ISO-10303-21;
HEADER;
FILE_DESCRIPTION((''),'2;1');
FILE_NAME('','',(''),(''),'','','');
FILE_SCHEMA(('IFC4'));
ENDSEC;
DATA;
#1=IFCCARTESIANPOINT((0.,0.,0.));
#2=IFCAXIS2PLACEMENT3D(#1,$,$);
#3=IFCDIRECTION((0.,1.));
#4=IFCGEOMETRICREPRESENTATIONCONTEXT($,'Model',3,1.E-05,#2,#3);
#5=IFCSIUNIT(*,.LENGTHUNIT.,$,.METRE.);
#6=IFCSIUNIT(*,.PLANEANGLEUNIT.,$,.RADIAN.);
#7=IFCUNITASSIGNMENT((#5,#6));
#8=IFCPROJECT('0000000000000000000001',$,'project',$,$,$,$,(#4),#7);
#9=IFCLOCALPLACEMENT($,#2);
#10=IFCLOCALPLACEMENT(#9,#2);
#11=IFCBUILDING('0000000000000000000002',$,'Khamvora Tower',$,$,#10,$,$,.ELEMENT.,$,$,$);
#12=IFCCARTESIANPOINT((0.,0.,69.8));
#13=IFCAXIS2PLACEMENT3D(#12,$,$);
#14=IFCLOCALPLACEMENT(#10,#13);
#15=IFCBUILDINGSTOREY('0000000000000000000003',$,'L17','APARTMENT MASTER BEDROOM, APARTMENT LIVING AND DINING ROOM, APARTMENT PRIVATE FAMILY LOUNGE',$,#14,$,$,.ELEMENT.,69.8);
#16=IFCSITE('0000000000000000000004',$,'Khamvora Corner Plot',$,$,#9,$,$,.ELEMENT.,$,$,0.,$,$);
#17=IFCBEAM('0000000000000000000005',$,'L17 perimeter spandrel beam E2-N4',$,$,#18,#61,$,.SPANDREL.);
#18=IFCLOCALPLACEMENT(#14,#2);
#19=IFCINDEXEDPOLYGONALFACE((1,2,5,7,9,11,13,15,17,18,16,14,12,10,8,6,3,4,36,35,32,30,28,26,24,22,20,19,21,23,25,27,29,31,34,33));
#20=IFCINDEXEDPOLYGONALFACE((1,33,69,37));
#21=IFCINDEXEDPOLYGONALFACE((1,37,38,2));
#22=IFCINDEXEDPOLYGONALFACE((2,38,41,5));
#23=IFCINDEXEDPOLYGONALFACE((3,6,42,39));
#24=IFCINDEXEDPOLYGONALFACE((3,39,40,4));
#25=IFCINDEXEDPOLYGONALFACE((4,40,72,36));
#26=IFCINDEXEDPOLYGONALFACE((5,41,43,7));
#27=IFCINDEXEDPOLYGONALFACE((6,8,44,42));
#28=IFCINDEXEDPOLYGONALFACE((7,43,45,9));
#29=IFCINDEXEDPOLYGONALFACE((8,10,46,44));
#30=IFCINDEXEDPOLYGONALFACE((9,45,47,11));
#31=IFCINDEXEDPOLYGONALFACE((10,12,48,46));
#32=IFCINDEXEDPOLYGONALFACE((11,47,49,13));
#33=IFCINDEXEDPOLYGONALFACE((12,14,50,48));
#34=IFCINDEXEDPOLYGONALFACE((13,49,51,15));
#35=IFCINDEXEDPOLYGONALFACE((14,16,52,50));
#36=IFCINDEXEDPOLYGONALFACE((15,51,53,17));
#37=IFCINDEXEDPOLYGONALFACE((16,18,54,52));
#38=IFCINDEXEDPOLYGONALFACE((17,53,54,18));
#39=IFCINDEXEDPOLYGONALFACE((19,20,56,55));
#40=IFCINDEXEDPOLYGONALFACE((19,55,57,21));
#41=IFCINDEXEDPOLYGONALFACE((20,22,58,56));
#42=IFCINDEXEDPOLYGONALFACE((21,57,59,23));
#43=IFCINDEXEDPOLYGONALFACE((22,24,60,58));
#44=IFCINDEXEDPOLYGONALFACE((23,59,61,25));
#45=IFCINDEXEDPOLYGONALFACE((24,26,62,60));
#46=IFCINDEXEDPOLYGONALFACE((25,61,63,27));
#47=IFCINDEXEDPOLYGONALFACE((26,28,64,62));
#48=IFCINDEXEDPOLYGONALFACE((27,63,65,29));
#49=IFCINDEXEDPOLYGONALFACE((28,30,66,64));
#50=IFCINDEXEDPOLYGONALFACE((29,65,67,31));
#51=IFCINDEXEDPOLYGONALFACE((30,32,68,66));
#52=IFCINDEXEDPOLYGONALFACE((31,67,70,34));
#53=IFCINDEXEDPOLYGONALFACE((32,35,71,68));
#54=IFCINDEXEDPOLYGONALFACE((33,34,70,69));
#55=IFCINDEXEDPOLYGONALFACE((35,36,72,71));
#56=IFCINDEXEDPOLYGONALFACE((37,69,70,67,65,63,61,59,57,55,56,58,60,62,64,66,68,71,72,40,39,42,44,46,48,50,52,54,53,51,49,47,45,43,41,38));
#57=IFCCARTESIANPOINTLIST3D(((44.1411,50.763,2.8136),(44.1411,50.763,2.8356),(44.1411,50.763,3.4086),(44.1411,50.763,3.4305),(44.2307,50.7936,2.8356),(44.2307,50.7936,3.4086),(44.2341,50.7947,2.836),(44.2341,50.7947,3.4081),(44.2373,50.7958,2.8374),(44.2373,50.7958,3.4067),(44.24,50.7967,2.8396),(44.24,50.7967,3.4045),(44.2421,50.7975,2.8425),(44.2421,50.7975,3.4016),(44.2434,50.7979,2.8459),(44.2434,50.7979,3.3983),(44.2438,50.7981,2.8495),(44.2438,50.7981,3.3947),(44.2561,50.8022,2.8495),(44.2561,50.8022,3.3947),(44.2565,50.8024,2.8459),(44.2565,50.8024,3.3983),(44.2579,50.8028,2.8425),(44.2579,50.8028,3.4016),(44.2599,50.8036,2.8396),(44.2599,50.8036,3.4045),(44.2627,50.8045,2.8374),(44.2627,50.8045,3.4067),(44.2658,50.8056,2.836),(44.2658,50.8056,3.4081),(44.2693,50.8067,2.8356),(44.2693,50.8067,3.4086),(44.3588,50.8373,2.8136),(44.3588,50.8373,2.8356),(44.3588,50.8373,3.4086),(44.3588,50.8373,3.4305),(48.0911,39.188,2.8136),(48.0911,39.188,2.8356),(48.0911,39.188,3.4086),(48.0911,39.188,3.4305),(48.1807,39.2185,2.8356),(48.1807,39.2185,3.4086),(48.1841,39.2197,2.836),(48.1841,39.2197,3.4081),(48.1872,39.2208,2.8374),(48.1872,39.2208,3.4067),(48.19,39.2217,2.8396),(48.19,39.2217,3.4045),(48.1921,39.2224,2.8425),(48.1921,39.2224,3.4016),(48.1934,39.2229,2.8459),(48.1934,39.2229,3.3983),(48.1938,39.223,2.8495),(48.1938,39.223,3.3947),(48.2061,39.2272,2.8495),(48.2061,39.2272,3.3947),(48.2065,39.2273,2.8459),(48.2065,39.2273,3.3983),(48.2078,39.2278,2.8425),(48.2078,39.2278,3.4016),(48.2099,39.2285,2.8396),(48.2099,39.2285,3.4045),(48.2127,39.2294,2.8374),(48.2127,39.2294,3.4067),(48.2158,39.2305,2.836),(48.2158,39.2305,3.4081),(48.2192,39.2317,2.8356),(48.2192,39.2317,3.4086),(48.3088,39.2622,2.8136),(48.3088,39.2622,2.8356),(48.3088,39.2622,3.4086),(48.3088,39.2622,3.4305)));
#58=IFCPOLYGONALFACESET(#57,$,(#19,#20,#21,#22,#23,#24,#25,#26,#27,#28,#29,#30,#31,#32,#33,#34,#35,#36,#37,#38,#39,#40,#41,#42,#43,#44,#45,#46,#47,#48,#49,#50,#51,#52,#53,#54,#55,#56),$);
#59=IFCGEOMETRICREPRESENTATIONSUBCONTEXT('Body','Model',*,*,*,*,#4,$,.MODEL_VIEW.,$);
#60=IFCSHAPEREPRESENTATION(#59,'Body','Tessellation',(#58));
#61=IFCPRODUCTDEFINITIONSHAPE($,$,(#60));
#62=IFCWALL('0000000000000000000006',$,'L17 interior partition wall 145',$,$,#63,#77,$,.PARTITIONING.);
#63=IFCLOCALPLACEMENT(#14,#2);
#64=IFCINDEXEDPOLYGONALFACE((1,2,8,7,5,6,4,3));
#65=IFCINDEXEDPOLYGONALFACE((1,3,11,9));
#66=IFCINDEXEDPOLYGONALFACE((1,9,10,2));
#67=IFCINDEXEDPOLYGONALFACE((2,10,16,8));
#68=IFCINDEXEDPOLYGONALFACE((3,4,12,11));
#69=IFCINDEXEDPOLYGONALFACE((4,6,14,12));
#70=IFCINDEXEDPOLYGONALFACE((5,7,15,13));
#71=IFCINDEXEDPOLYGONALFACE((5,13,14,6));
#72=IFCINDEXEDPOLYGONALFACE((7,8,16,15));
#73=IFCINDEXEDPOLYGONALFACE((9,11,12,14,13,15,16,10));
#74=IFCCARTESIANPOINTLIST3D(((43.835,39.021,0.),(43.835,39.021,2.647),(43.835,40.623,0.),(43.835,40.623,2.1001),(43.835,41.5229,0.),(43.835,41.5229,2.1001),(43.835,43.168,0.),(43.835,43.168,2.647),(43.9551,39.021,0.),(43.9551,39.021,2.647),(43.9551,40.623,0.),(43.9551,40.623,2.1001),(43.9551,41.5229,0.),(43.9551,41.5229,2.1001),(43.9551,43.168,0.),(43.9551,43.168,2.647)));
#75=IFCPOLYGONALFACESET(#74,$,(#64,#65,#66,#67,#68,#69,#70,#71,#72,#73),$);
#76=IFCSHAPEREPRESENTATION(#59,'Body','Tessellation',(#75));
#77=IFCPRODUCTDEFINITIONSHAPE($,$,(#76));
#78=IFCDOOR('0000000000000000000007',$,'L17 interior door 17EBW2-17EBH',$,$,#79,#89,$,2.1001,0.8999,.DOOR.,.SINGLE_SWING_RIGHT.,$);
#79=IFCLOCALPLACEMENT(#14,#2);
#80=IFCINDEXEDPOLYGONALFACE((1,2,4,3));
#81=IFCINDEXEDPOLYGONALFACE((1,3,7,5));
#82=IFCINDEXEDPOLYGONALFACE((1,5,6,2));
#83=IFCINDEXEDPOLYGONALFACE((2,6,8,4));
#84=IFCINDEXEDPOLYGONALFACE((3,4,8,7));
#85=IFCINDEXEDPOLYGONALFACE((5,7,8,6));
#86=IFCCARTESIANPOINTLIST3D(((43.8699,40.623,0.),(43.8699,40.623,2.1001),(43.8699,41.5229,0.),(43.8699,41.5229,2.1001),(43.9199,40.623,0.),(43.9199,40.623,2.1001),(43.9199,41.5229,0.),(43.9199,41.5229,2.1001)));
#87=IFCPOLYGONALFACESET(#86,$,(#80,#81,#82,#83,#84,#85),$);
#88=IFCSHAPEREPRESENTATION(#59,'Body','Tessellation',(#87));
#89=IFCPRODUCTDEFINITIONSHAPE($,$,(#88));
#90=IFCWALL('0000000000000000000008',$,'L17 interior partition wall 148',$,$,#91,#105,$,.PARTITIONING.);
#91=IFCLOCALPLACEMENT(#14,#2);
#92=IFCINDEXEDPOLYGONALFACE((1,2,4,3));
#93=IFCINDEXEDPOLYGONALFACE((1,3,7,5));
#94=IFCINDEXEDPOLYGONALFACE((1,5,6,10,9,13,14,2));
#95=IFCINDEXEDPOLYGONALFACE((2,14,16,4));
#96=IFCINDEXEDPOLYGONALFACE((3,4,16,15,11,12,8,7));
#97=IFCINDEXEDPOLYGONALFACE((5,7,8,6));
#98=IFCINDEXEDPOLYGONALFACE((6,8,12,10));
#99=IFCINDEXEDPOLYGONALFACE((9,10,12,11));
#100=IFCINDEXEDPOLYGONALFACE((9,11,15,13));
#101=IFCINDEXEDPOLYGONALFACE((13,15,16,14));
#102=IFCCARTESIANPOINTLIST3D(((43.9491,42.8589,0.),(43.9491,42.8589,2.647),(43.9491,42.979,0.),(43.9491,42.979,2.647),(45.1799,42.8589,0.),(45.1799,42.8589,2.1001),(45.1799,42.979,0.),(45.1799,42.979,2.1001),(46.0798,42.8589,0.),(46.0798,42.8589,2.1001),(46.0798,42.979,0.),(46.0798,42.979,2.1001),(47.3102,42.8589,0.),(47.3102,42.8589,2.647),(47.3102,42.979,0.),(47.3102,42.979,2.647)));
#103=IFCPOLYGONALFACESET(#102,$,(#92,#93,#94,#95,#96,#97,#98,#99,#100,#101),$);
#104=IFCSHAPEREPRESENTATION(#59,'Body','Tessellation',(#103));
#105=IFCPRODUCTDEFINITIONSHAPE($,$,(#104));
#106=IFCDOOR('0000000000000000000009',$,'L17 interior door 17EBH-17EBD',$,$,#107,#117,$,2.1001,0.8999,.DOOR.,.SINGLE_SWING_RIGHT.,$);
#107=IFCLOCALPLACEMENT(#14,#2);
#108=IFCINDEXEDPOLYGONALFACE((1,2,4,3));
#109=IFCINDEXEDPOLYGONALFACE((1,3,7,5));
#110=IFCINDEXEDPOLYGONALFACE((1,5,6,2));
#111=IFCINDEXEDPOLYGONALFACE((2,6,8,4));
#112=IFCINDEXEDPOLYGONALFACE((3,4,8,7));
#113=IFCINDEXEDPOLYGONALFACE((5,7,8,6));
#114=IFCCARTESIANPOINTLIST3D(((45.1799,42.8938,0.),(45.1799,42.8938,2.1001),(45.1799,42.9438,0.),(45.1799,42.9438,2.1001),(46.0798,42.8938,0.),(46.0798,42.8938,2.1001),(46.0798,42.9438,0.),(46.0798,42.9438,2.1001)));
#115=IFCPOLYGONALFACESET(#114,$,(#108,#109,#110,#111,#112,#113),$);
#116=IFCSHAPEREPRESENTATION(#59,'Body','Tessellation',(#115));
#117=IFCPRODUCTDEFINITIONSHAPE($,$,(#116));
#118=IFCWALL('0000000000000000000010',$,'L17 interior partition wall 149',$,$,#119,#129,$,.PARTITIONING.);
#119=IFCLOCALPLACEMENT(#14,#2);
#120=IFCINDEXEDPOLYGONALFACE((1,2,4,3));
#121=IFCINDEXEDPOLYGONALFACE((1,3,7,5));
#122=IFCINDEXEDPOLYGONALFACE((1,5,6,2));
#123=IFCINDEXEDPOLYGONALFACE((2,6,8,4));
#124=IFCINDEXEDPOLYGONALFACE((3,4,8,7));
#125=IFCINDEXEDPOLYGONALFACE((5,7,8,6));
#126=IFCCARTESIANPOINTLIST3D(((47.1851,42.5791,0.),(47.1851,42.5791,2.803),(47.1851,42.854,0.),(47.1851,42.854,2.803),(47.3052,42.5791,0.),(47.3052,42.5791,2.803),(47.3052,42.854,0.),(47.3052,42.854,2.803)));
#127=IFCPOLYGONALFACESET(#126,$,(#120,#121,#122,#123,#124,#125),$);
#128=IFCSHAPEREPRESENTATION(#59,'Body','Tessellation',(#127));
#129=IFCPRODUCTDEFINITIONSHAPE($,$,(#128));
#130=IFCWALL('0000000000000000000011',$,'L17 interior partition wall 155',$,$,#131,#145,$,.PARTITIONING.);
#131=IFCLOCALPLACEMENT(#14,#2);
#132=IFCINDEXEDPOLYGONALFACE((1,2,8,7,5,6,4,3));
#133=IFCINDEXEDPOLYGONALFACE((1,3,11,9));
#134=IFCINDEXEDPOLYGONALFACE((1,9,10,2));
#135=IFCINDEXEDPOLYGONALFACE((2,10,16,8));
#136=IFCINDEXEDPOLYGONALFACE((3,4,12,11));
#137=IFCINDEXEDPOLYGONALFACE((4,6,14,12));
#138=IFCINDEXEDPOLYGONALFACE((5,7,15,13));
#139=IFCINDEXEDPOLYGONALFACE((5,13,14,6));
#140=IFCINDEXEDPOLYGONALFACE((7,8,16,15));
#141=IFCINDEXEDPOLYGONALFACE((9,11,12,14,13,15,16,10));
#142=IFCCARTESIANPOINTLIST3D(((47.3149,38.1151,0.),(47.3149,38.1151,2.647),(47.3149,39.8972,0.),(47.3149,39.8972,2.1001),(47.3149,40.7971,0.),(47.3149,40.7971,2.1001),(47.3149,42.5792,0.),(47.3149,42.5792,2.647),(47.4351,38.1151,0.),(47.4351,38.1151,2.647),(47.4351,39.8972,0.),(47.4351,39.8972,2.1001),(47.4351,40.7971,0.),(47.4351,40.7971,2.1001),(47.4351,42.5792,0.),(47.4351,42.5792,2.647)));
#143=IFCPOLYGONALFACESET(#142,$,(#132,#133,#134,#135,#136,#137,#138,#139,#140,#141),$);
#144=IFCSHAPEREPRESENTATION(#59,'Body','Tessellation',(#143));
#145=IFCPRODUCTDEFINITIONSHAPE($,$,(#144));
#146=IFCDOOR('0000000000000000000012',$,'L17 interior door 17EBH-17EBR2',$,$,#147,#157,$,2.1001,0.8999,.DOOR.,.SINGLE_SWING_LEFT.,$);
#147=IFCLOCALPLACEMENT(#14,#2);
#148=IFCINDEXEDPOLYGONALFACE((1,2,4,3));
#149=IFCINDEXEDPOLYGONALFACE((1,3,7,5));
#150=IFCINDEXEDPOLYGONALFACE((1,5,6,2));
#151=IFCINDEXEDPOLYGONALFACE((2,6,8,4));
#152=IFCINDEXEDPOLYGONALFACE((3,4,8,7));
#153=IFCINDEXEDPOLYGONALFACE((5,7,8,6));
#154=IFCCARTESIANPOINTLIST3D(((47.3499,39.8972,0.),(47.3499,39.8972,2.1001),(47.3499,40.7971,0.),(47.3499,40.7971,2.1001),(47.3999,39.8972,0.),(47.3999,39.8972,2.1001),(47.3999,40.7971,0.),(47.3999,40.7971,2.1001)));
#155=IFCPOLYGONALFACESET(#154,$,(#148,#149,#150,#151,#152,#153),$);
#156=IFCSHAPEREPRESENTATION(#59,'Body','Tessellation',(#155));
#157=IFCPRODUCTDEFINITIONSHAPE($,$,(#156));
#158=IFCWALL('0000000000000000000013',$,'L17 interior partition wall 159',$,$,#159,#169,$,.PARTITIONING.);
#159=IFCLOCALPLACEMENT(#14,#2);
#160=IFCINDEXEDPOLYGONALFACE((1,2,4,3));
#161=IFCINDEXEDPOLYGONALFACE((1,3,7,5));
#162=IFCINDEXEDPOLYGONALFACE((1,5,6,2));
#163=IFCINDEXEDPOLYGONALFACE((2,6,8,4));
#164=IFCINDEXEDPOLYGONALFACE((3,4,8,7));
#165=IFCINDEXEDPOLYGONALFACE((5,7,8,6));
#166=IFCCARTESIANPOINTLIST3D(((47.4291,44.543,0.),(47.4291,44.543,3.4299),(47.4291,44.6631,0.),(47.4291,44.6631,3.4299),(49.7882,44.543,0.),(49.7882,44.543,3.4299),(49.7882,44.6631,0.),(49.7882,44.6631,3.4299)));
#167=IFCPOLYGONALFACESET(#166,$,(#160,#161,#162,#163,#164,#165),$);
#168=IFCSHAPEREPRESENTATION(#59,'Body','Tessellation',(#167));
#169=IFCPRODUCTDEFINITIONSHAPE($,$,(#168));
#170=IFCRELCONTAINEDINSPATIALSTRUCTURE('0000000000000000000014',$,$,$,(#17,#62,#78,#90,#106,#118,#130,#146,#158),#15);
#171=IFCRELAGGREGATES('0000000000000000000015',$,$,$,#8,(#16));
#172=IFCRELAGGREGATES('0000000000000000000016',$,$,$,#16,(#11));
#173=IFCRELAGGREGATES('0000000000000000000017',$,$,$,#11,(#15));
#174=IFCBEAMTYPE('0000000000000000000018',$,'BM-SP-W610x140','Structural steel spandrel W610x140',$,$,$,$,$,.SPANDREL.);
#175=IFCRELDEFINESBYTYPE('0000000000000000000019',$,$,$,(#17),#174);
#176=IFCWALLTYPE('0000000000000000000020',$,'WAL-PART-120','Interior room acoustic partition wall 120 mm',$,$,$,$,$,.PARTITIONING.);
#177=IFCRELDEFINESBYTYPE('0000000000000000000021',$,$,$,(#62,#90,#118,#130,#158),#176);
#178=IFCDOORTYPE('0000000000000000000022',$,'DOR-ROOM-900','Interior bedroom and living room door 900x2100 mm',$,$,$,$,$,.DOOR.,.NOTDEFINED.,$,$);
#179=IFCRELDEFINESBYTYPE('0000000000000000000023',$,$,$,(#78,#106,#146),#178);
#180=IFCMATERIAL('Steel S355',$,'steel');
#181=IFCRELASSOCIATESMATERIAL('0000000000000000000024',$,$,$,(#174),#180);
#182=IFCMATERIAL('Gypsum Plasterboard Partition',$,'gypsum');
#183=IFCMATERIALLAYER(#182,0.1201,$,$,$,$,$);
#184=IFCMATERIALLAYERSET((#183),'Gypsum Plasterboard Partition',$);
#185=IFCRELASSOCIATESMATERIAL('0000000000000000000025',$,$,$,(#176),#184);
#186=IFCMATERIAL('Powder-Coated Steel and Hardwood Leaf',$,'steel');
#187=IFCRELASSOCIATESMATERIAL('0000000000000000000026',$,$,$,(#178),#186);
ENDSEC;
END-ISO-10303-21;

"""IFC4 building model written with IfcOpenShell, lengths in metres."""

from ifc_helpers import new_model, si_unit, direction, frame, frame_2d, origin, origin_2d, place, context, subcontext, project, spatial, rectangle, i_section, extrude, material, layer, layer_set, material_profile, profile_set, type_object, element, fill, save


model = new_model("IFC4")

# Units and contexts
model_context = context("Model", 3, precision=1e-05, world=origin(), true_north=direction((0.0, 1.0)))
body_context = subcontext(model_context, "Body", "Model", "MODEL_VIEW")
ifc_project = project(units=[si_unit("LENGTHUNIT", "METRE"), si_unit("PLANEANGLEUNIT", "RADIAN")], contexts=[model_context])

# Site, building, storey
site_placement = place(None, origin())
site = spatial("IfcSite", under=ifc_project, at=site_placement, Name="Khamvora Corner Plot", CompositionType="ELEMENT", RefElevation=0.0)
building_placement = place(site_placement, origin())
building = spatial("IfcBuilding", under=site, at=building_placement, Name="Khamvora Tower", CompositionType="ELEMENT")
storey_placement = place(building_placement, frame((0.0, 0.0, 69.8)))
storey = spatial("IfcBuildingStorey", under=building, at=storey_placement, Name="L17", Description="APARTMENT MASTER BEDROOM, APARTMENT LIVING AND DINING ROOM, APARTMENT PRIVATE FAMILY LOUNGE", CompositionType="ELEMENT", Elevation=69.8)

# Beam
ifc_material_1 = material(Name="Steel S355", Category="steel")
ifc_material_profile_1 = material_profile(ifc_material_1, i_section(OverallWidth=0.23, OverallDepth=0.6169, WebThickness=0.0129, FlangeThickness=0.022, FilletRadius=0.0139, at=origin_2d()), Name="W610x140")
ifc_profile_set_1 = profile_set([ifc_material_profile_1], Name="Steel S355")
beam_type_1 = type_object("IfcBeamType", Name="BM-SP-W610x140", Description="Structural steel spandrel W610x140", PredefinedType="SPANDREL", material=ifc_profile_set_1)
beam_1_placement = place(storey_placement, frame((48.2, 39.2251, 3.1221), z_axis=(-0.322963, 0.946412, 0.0), x_axis=(-0.946412, -0.322963, 0.0)))
element("IfcBeam", 1, at=beam_1_placement, inside=storey, type_object=beam_type_1, Name="L17 perimeter spandrel beam E2-N4", PredefinedType="SPANDREL", context=body_context, shape_type="SweptSolid", body=[
    extrude(i_section(OverallWidth=0.23, OverallDepth=0.6169, WebThickness=0.0129, FlangeThickness=0.022, FilletRadius=0.0139, at=origin_2d()), origin(), (0.0, 0.0, 1.0), 12.2305),
])

# Walls, openings, doors
ifc_material_2 = material(Name="Gypsum Plasterboard Partition", Category="gypsum")
ifc_layer_1 = layer(ifc_material_2, 0.1201)
ifc_layer_set_1 = layer_set([ifc_layer_1], Name="Gypsum Plasterboard Partition")
wall_type_1 = type_object("IfcWallType", Name="WAL-PART-120", Description="Interior room acoustic partition wall 120 mm", PredefinedType="PARTITIONING", material=ifc_layer_set_1)
wall_1_placement = place(storey_placement, frame((43.895, 43.168, 0.0), z_axis=(0.0, 0.0, 1.0), x_axis=(0.0, -1.0, 0.0)))
wall_1 = element("IfcWall", 2, at=wall_1_placement, inside=storey, type_object=wall_type_1, Name="L17 interior partition wall 145", PredefinedType="PARTITIONING", context=body_context, shape_type="SweptSolid", body=[
    extrude(rectangle(XDim=4.147, YDim=0.1201, at=frame_2d((2.0735, 0.0))), origin(), (0.0, 0.0, 1.0), 2.647),
])
opening_1_placement = place(wall_1_placement, frame((1.645, 0.0, 0.0)))
opening_1 = element("IfcOpeningElement", 3, at=opening_1_placement, cuts=wall_1, PredefinedType="OPENING", context=body_context, shape_type="SweptSolid", body=[
    extrude(rectangle(XDim=0.8999, YDim=2.1001, at=frame_2d((0.45, 1.05))), frame((0.0, 0.0701, 0.0), z_axis=(0.0, -1.0, 0.0), x_axis=(1.0, 0.0, 0.0)), (0.0, 0.0, 1.0), 0.1401),
])
ifc_material_3 = material(Name="Powder-Coated Steel and Hardwood Leaf", Category="steel")
door_type = type_object("IfcDoorType", Name="DOR-ROOM-900", Description="Interior bedroom and living room door 900x2100 mm", OperationType="NOTDEFINED", PredefinedType="DOOR", material=ifc_material_3)
door_1_placement = place(opening_1_placement, origin())
door_1 = element("IfcDoor", 4, at=door_1_placement, inside=storey, type_object=door_type, Name="L17 interior door 17EBW2-17EBH", OperationType="SINGLE_SWING_RIGHT", OverallHeight=2.1001, OverallWidth=0.8999, PredefinedType="DOOR", context=body_context, shape_type="SweptSolid", body=[
    extrude(rectangle(XDim=0.8999, YDim=2.1001, at=frame_2d((0.45, 1.05))), frame((0.0, 0.0249, 0.0), z_axis=(0.0, -1.0, 0.0), x_axis=(1.0, 0.0, 0.0)), (0.0, 0.0, 1.0), 0.05),
])
fill(opening_1, door_1)
wall_2_placement = place(storey_placement, frame((43.949, 42.9189, 0.0), z_axis=(0.0, 0.0, 1.0), x_axis=(1.0, 0.0, 0.0)))
wall_2 = element("IfcWall", 5, at=wall_2_placement, inside=storey, type_object=wall_type_1, Name="L17 interior partition wall 148", PredefinedType="PARTITIONING", context=body_context, shape_type="SweptSolid", body=[
    extrude(rectangle(XDim=3.3611, YDim=0.1201, at=frame_2d((1.6807, 0.0))), origin(), (0.0, 0.0, 1.0), 2.647),
])
opening_2_placement = place(wall_2_placement, frame((1.231, 0.0, 0.0)))
opening_2 = element("IfcOpeningElement", 6, at=opening_2_placement, cuts=wall_2, PredefinedType="OPENING", context=body_context, shape_type="SweptSolid", body=[
    extrude(rectangle(XDim=0.8999, YDim=2.1001, at=frame_2d((0.45, 1.05))), frame((0.0, 0.0701, 0.0), z_axis=(0.0, -1.0, 0.0), x_axis=(1.0, 0.0, 0.0)), (0.0, 0.0, 1.0), 0.1401),
])
door_2_placement = place(opening_2_placement, origin())
door_2 = element("IfcDoor", 7, at=door_2_placement, inside=storey, type_object=door_type, Name="L17 interior door 17EBH-17EBD", OperationType="SINGLE_SWING_RIGHT", OverallHeight=2.1001, OverallWidth=0.8999, PredefinedType="DOOR", context=body_context, shape_type="SweptSolid", body=[
    extrude(rectangle(XDim=0.8999, YDim=2.1001, at=frame_2d((0.45, 1.05))), frame((0.0, 0.0249, 0.0), z_axis=(0.0, -1.0, 0.0), x_axis=(1.0, 0.0, 0.0)), (0.0, 0.0, 1.0), 0.05),
])
fill(opening_2, door_2)

# Wall
wall_3_placement = place(storey_placement, frame((47.2451, 42.854, 0.0), z_axis=(0.0, 0.0, 1.0), x_axis=(0.0, -1.0, 0.0)))
element("IfcWall", 8, at=wall_3_placement, inside=storey, type_object=wall_type_1, Name="L17 interior partition wall 149", PredefinedType="PARTITIONING", context=body_context, shape_type="SweptSolid", body=[
    extrude(rectangle(XDim=0.2749, YDim=0.1201, at=frame_2d((0.1375, 0.0))), origin(), (0.0, 0.0, 1.0), 2.803),
])

# Wall, opening, door
wall_4_placement = place(storey_placement, frame((47.375, 42.5791, 0.0), z_axis=(0.0, 0.0, 1.0), x_axis=(0.0, -1.0, 0.0)))
wall_4 = element("IfcWall", 9, at=wall_4_placement, inside=storey, type_object=wall_type_1, Name="L17 interior partition wall 155", PredefinedType="PARTITIONING", context=body_context, shape_type="SweptSolid", body=[
    extrude(rectangle(XDim=4.4641, YDim=0.1201, at=frame_2d((2.2319, 0.0))), origin(), (0.0, 0.0, 1.0), 2.647),
])
opening_3_placement = place(wall_4_placement, frame((1.782, 0.0, 0.0)))
opening_3 = element("IfcOpeningElement", 10, at=opening_3_placement, cuts=wall_4, PredefinedType="OPENING", context=body_context, shape_type="SweptSolid", body=[
    extrude(rectangle(XDim=0.8999, YDim=2.1001, at=frame_2d((0.45, 1.05))), frame((0.0, 0.0701, 0.0), z_axis=(0.0, -1.0, 0.0), x_axis=(1.0, 0.0, 0.0)), (0.0, 0.0, 1.0), 0.1401),
])
door_3_placement = place(opening_3_placement, origin())
door_3 = element("IfcDoor", 11, at=door_3_placement, inside=storey, type_object=door_type, Name="L17 interior door 17EBH-17EBR2", OperationType="SINGLE_SWING_LEFT", OverallHeight=2.1001, OverallWidth=0.8999, PredefinedType="DOOR", context=body_context, shape_type="SweptSolid", body=[
    extrude(rectangle(XDim=0.8999, YDim=2.1001, at=frame_2d((0.45, 1.05))), frame((0.0, 0.0249, 0.0), z_axis=(0.0, -1.0, 0.0), x_axis=(1.0, 0.0, 0.0)), (0.0, 0.0, 1.0), 0.05),
])
fill(opening_3, door_3)

# Wall
wall_5_placement = place(storey_placement, frame((47.429, 44.603, 0.0), z_axis=(0.0, 0.0, 1.0), x_axis=(1.0, 0.0, 0.0)))
element("IfcWall", 12, at=wall_5_placement, inside=storey, type_object=wall_type_1, Name="L17 interior partition wall 159", PredefinedType="PARTITIONING", context=body_context, shape_type="SweptSolid", body=[
    extrude(rectangle(XDim=2.3591, YDim=0.1201, at=frame_2d((1.1797, 0.0))), origin(), (0.0, 0.0, 1.0), 3.4299),
])

save(model, "model.ifc")
